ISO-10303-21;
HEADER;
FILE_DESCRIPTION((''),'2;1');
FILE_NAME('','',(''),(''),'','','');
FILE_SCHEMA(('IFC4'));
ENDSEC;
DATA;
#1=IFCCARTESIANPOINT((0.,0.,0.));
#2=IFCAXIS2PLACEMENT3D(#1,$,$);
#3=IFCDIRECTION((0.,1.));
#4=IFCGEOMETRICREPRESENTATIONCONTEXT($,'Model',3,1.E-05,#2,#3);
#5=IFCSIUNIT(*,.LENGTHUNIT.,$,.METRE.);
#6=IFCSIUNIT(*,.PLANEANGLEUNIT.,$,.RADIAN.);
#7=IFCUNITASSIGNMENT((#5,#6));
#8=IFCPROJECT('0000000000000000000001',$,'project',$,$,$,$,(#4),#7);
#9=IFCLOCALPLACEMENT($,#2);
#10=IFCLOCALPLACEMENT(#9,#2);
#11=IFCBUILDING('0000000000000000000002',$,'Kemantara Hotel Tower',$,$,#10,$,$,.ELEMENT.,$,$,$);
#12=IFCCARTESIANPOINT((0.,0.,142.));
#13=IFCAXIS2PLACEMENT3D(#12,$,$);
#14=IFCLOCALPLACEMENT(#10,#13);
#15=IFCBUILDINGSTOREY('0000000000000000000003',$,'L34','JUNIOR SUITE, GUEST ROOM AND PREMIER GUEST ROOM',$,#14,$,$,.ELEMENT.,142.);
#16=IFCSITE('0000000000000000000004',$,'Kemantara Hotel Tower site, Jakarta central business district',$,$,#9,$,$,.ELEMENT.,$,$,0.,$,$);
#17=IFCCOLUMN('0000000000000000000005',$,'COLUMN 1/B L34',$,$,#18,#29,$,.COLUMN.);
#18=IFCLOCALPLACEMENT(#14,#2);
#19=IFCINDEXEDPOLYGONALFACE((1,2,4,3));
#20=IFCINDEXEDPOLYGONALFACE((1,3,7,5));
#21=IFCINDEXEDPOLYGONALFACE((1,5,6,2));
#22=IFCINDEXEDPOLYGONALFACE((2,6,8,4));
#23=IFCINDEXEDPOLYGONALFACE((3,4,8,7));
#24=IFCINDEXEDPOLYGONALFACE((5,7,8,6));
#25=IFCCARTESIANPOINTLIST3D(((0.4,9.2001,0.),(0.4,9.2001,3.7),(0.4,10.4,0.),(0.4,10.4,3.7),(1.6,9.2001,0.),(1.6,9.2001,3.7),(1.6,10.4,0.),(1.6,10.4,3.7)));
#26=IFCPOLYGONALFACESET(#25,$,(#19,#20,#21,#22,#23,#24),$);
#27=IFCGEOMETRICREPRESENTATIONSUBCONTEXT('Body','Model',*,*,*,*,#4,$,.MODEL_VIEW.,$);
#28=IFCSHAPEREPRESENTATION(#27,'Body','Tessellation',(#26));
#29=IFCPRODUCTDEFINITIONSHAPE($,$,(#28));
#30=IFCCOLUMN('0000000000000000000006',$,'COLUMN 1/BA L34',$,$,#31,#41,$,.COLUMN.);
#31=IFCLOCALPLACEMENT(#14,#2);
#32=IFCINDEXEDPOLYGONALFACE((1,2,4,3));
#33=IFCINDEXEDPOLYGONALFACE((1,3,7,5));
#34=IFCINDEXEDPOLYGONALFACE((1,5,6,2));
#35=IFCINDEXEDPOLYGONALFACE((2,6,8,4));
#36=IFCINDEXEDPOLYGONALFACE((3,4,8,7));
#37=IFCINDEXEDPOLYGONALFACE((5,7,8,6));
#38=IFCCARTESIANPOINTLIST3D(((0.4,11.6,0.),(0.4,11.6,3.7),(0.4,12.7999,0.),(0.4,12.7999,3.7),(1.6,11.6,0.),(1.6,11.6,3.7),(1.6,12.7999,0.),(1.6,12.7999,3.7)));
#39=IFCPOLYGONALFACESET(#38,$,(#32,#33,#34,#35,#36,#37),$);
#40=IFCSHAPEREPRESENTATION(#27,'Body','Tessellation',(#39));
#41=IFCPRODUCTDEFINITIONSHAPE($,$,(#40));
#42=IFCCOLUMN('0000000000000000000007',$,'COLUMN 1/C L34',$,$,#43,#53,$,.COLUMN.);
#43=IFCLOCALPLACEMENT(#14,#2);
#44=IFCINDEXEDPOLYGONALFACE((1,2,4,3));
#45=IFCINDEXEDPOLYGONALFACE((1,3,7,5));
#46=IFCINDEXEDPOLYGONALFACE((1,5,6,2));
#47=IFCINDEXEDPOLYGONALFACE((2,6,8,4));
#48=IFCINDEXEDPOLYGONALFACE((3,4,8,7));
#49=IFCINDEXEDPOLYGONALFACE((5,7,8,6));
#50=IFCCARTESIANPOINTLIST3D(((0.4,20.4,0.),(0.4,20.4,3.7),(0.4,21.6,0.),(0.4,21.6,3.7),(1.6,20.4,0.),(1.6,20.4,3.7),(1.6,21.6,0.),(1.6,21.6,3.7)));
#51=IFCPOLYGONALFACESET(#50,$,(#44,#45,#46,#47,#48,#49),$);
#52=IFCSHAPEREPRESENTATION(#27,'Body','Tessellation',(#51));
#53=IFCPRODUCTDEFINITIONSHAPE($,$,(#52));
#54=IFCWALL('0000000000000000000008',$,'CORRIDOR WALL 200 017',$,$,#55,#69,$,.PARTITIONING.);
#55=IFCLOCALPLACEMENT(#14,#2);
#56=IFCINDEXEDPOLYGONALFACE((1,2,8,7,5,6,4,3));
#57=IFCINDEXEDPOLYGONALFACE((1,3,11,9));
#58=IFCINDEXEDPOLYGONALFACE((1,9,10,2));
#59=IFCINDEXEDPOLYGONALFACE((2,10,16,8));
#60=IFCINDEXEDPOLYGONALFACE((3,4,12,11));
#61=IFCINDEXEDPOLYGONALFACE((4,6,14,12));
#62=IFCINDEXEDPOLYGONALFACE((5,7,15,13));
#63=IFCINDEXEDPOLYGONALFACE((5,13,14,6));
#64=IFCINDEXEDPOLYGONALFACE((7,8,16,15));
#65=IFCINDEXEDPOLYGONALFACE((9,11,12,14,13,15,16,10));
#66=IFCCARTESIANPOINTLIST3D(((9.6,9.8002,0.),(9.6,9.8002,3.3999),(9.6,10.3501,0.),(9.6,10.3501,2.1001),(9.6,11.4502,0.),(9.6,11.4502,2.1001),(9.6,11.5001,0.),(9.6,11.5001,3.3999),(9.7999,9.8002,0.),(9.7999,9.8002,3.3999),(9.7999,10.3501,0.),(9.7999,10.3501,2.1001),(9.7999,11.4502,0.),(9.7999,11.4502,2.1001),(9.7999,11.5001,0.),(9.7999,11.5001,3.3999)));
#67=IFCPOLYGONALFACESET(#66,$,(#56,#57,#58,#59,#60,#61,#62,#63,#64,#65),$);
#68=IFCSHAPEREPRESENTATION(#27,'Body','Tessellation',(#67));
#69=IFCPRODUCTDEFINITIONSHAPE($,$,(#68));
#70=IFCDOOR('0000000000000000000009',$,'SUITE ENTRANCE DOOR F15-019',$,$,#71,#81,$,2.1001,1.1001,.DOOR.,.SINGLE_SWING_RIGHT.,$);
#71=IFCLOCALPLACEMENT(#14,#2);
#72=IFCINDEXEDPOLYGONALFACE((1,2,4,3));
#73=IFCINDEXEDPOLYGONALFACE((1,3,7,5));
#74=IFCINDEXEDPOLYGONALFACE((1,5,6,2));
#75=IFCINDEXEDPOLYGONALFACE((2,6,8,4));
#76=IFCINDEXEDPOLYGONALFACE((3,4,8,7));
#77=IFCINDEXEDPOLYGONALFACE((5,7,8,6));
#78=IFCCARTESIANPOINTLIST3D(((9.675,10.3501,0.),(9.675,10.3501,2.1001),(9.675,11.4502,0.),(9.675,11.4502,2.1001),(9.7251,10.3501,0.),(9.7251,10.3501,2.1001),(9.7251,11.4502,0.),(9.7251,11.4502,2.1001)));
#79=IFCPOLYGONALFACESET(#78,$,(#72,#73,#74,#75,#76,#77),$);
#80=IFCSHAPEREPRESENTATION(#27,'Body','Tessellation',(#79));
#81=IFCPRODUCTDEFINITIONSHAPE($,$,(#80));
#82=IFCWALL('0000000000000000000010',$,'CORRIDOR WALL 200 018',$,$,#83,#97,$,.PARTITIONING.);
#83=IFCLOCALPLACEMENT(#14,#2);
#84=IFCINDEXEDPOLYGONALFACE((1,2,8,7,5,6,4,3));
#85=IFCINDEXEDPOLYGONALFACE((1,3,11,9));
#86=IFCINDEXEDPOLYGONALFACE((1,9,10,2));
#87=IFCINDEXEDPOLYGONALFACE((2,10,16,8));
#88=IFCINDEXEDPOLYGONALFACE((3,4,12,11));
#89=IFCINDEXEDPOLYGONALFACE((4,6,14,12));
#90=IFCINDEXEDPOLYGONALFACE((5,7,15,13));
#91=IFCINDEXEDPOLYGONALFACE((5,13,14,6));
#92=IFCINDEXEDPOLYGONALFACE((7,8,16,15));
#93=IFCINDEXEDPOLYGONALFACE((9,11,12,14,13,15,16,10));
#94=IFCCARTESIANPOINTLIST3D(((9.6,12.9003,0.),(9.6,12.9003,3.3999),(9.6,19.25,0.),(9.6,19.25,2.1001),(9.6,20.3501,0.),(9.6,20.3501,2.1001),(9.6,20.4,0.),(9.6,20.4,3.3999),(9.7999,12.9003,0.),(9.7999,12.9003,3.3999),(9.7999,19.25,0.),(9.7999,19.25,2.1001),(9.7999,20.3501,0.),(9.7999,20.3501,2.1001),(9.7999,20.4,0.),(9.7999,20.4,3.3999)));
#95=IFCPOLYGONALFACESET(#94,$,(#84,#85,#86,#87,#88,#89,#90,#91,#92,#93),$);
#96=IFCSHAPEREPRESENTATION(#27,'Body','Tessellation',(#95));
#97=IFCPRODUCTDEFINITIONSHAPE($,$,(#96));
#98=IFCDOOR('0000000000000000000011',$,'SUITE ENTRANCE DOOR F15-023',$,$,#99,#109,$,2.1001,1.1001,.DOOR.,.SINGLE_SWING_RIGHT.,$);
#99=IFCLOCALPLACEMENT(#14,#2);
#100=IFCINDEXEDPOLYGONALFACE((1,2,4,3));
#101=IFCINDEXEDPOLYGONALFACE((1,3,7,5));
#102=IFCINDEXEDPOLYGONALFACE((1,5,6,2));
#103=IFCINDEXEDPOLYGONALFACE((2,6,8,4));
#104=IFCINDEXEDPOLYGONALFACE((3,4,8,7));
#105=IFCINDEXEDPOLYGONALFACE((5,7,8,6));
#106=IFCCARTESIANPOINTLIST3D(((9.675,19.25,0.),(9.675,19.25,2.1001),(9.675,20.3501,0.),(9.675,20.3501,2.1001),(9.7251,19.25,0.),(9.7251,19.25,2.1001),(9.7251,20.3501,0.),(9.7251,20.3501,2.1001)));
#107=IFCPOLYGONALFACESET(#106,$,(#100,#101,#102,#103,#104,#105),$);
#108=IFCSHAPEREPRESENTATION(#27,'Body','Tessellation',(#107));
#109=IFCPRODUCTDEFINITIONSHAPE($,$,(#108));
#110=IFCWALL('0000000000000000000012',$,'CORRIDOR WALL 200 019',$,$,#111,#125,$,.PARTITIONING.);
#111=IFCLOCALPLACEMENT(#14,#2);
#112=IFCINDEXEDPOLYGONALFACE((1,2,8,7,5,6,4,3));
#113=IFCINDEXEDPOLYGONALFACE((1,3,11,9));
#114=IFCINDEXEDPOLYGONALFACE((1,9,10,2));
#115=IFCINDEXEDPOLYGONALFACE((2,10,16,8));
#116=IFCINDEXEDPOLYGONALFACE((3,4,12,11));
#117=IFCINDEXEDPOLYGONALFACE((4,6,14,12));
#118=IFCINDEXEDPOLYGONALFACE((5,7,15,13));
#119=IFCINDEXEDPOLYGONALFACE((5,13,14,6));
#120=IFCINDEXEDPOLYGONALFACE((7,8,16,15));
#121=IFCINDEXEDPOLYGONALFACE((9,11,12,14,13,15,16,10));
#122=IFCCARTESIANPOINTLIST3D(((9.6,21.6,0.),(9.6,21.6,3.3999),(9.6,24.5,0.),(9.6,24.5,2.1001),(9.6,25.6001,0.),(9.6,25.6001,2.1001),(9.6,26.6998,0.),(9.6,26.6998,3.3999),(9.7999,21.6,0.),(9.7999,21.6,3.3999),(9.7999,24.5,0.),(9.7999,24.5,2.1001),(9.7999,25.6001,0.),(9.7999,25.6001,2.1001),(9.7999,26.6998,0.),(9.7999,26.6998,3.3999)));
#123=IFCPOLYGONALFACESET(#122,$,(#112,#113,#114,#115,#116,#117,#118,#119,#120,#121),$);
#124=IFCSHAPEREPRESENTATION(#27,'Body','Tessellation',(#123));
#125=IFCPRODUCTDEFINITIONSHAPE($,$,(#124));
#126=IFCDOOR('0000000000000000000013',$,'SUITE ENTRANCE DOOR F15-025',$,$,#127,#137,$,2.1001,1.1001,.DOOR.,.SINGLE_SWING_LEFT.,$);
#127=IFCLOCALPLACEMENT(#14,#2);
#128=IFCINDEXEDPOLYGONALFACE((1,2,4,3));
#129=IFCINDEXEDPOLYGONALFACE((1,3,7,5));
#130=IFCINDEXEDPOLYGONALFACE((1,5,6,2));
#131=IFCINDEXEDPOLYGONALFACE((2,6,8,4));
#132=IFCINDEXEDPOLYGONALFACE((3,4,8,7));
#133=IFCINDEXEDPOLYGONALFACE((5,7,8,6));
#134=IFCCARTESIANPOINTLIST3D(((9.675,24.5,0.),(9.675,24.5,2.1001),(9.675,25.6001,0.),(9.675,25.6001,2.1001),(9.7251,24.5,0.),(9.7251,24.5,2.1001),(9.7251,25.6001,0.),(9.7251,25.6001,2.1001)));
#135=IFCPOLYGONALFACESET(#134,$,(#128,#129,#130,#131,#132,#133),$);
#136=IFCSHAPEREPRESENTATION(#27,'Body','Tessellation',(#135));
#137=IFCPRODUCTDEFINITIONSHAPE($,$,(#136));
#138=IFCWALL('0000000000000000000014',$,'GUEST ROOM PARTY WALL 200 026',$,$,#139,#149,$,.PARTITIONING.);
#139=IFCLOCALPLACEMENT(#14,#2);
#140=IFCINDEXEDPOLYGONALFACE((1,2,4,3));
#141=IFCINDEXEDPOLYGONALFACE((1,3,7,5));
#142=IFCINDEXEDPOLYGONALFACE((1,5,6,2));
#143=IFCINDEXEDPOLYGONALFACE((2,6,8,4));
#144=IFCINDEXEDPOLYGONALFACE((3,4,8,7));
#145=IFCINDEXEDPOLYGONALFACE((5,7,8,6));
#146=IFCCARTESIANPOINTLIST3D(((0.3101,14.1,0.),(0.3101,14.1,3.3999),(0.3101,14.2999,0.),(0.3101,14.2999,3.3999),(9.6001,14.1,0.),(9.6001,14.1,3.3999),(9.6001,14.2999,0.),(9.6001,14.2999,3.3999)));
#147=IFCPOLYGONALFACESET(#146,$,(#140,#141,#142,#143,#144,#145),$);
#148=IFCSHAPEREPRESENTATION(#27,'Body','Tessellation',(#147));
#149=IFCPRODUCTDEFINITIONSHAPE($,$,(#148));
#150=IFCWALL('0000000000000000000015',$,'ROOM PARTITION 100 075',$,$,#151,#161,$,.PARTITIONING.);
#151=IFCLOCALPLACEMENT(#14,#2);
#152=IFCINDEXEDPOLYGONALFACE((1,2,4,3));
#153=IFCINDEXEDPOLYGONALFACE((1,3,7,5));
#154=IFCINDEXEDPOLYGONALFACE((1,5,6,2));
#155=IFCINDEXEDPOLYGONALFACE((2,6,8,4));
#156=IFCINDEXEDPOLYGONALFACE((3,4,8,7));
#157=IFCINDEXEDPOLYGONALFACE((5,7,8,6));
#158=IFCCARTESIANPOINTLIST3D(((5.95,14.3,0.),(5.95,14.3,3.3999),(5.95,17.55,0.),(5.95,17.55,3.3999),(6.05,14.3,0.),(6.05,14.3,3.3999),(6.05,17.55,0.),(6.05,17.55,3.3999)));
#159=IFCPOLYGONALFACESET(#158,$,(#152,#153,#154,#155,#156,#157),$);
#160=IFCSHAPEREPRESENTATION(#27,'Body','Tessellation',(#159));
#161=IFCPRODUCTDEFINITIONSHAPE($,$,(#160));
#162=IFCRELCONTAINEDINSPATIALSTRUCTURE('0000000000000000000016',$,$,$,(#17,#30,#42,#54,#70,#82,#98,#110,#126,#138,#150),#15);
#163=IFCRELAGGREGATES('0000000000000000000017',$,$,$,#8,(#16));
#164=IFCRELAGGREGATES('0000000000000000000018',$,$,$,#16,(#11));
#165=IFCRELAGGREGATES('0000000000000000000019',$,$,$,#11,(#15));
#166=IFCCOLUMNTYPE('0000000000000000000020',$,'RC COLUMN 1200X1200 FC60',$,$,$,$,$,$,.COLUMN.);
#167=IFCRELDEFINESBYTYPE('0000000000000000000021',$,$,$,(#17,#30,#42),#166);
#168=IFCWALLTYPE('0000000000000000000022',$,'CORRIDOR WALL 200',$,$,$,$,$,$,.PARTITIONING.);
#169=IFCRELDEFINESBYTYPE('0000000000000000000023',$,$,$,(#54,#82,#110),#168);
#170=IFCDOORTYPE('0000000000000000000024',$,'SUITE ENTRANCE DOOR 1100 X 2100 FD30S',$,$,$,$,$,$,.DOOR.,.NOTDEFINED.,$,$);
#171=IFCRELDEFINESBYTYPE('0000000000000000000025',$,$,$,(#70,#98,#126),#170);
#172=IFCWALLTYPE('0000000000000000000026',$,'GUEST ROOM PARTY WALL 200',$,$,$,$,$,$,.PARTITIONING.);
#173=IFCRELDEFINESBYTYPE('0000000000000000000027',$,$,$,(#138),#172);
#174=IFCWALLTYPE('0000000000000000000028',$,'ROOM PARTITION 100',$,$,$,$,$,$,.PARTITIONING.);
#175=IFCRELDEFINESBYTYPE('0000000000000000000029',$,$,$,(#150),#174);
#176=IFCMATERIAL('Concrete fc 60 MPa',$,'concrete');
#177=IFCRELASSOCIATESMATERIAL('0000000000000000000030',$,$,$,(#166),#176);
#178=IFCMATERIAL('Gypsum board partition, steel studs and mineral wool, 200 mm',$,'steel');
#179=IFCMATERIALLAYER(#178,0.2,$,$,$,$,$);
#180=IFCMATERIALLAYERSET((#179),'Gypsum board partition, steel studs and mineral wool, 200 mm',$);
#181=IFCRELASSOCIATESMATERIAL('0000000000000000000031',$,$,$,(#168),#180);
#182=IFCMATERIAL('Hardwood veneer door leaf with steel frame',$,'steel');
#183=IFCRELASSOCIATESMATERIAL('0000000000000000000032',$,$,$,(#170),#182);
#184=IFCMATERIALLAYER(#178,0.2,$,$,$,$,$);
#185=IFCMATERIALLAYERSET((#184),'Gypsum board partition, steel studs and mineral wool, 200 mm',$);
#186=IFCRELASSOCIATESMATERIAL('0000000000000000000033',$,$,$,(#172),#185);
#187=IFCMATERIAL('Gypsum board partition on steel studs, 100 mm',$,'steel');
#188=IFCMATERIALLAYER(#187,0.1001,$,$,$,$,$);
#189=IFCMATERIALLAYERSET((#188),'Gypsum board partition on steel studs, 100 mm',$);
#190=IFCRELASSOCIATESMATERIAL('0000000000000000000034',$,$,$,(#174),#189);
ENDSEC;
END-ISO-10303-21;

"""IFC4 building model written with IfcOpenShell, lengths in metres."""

from ifc_helpers import new_model, si_unit, direction, frame, frame_2d, origin, origin_2d, place, context, subcontext, project, spatial, rectangle, extrude, material, layer, layer_set, material_profile, profile_set, type_object, element, fill, save


model = new_model("IFC4")

# Units and contexts
model_context = context("Model", 3, precision=1e-05, world=origin(), true_north=direction((0.0, 1.0)))
body_context = subcontext(model_context, "Body", "Model", "MODEL_VIEW")
ifc_project = project(units=[si_unit("LENGTHUNIT", "METRE"), si_unit("PLANEANGLEUNIT", "RADIAN")], contexts=[model_context])

# Site, building, storey
site_placement = place(None, origin())
site = spatial("IfcSite", under=ifc_project, at=site_placement, Name="Kemantara Hotel Tower site, Jakarta central business district", CompositionType="ELEMENT", RefElevation=0.0)
building_placement = place(site_placement, origin())
building = spatial("IfcBuilding", under=site, at=building_placement, Name="Kemantara Hotel Tower", CompositionType="ELEMENT")
storey_placement = place(building_placement, frame((0.0, 0.0, 142.0)))
storey = spatial("IfcBuildingStorey", under=building, at=storey_placement, Name="L34", Description="JUNIOR SUITE, GUEST ROOM AND PREMIER GUEST ROOM", CompositionType="ELEMENT", Elevation=142.0)

# Columns
ifc_material_1 = material(Name="Concrete fc 60 MPa", Category="concrete")
ifc_material_profile = material_profile(ifc_material_1, rectangle(XDim=1.2, YDim=1.2, at=origin_2d()), Name="RC 1200X1200")
ifc_profile_set = profile_set([ifc_material_profile], Name="Concrete fc 60 MPa")
column_type = type_object("IfcColumnType", Name="RC COLUMN 1200X1200 FC60", PredefinedType="COLUMN", material=ifc_profile_set)
for number, where, z_axis, x_axis, name in (
    (1, (1.0, 9.8, 0.0), (0.0, 0.0, 1.0), (1.0, 0.0, 0.0), "COLUMN 1/B L34"),
    (2, (1.0, 12.2, 0.0), (0.0, 0.0, 1.0), (1.0, 0.0, 0.0), "COLUMN 1/BA L34"),
    (3, (1.0, 21.0, 0.0), (0.0, 0.0, 1.0), (1.0, 0.0, 0.0), "COLUMN 1/C L34"),
):
    element("IfcColumn", number, at=place(storey_placement, frame(where, z_axis=z_axis, x_axis=x_axis)), inside=storey, type_object=column_type, Name=name, PredefinedType="COLUMN", context=body_context, shape_type="SweptSolid", body=[
        extrude(rectangle(XDim=1.2, YDim=1.2, at=origin_2d()), origin(), (0.0, 0.0, 1.0), 3.7),
    ])

# Walls, openings, doors
ifc_material_2 = material(Name="Gypsum board partition, steel studs and mineral wool, 200 mm", Category="steel")
ifc_layer_1 = layer(ifc_material_2, 0.2)
ifc_layer_set_1 = layer_set([ifc_layer_1], Name="Gypsum board partition, steel studs and mineral wool, 200 mm")
wall_type_1 = type_object("IfcWallType", Name="CORRIDOR WALL 200", PredefinedType="PARTITIONING", material=ifc_layer_set_1)
wall_1_placement = place(storey_placement, frame((9.7, 9.8, 0.0), z_axis=(0.0, 0.0, 1.0), x_axis=(0.0, 1.0, 0.0)))
wall_1 = element("IfcWall", 4, at=wall_1_placement, inside=storey, type_object=wall_type_1, Name="CORRIDOR WALL 200 017", PredefinedType="PARTITIONING", context=body_context, shape_type="SweptSolid", body=[
    extrude(rectangle(XDim=1.7, YDim=0.2, at=frame_2d((0.8501, 0.0))), origin(), (0.0, 0.0, 1.0), 3.3999),
])
opening_1_placement = place(wall_1_placement, frame((0.55, 0.0, 0.0)))
opening_1 = element("IfcOpeningElement", 5, at=opening_1_placement, cuts=wall_1, PredefinedType="OPENING", context=body_context, shape_type="SweptSolid", body=[
    extrude(rectangle(XDim=1.1001, YDim=2.1001, at=frame_2d((0.55, 1.05))), frame((0.0, 0.1099, 0.0), z_axis=(0.0, -1.0, 0.0), x_axis=(1.0, 0.0, 0.0)), (0.0, 0.0, 1.0), 0.22),
])
ifc_material_3 = material(Name="Hardwood veneer door leaf with steel frame", Category="steel")
door_type_1 = type_object("IfcDoorType", Name="SUITE ENTRANCE DOOR 1100 X 2100 FD30S", OperationType="NOTDEFINED", PredefinedType="DOOR", material=ifc_material_3)
door_1_placement = place(opening_1_placement, origin())
door_1 = element("IfcDoor", 6, at=door_1_placement, inside=storey, type_object=door_type_1, Name="SUITE ENTRANCE DOOR F15-019", OperationType="SINGLE_SWING_RIGHT", OverallHeight=2.1001, OverallWidth=1.1001, PredefinedType="DOOR", context=body_context, shape_type="SweptSolid", body=[
    extrude(rectangle(XDim=1.1001, YDim=2.1001, at=frame_2d((0.55, 1.05))), frame((0.0, 0.0249, 0.0), z_axis=(0.0, -1.0, 0.0), x_axis=(1.0, 0.0, 0.0)), (0.0, 0.0, 1.0), 0.05),
])
fill(opening_1, door_1)
wall_2_placement = place(storey_placement, frame((9.7, 12.9001, 0.0), z_axis=(0.0, 0.0, 1.0), x_axis=(0.0, 1.0, 0.0)))
wall_2 = element("IfcWall", 7, at=wall_2_placement, inside=storey, type_object=wall_type_1, Name="CORRIDOR WALL 200 018", PredefinedType="PARTITIONING", context=body_context, shape_type="SweptSolid", body=[
    extrude(rectangle(XDim=7.4998, YDim=0.2, at=frame_2d((3.75, 0.0))), origin(), (0.0, 0.0, 1.0), 3.3999),
])
opening_2_placement = place(wall_2_placement, frame((6.3499, 0.0, 0.0)))
opening_2 = element("IfcOpeningElement", 8, at=opening_2_placement, cuts=wall_2, PredefinedType="OPENING", context=body_context, shape_type="SweptSolid", body=[
    extrude(rectangle(XDim=1.1001, YDim=2.1001, at=frame_2d((0.55, 1.05))), frame((0.0, 0.1099, 0.0), z_axis=(0.0, -1.0, 0.0), x_axis=(1.0, 0.0, 0.0)), (0.0, 0.0, 1.0), 0.22),
])
door_2_placement = place(opening_2_placement, origin())
door_2 = element("IfcDoor", 9, at=door_2_placement, inside=storey, type_object=door_type_1, Name="SUITE ENTRANCE DOOR F15-023", OperationType="SINGLE_SWING_RIGHT", OverallHeight=2.1001, OverallWidth=1.1001, PredefinedType="DOOR", context=body_context, shape_type="SweptSolid", body=[
    extrude(rectangle(XDim=1.1001, YDim=2.1001, at=frame_2d((0.55, 1.05))), frame((0.0, 0.0249, 0.0), z_axis=(0.0, -1.0, 0.0), x_axis=(1.0, 0.0, 0.0)), (0.0, 0.0, 1.0), 0.05),
])
fill(opening_2, door_2)
wall_3_placement = place(storey_placement, frame((9.7, 21.6001, 0.0), z_axis=(0.0, 0.0, 1.0), x_axis=(0.0, 1.0, 0.0)))
wall_3 = element("IfcWall", 10, at=wall_3_placement, inside=storey, type_object=wall_type_1, Name="CORRIDOR WALL 200 019", PredefinedType="PARTITIONING", context=body_context, shape_type="SweptSolid", body=[
    extrude(rectangle(XDim=5.0999, YDim=0.2, at=frame_2d((2.5498, 0.0))), origin(), (0.0, 0.0, 1.0), 3.3999),
])
opening_3_placement = place(wall_3_placement, frame((2.8999, 0.0, 0.0)))
opening_3 = element("IfcOpeningElement", 11, at=opening_3_placement, cuts=wall_3, PredefinedType="OPENING", context=body_context, shape_type="SweptSolid", body=[
    extrude(rectangle(XDim=1.1001, YDim=2.1001, at=frame_2d((0.55, 1.05))), frame((0.0, 0.1099, 0.0), z_axis=(0.0, -1.0, 0.0), x_axis=(1.0, 0.0, 0.0)), (0.0, 0.0, 1.0), 0.22),
])
door_3_placement = place(opening_3_placement, origin())
door_3 = element("IfcDoor", 12, at=door_3_placement, inside=storey, type_object=door_type_1, Name="SUITE ENTRANCE DOOR F15-025", OperationType="SINGLE_SWING_LEFT", OverallHeight=2.1001, OverallWidth=1.1001, PredefinedType="DOOR", context=body_context, shape_type="SweptSolid", body=[
    extrude(rectangle(XDim=1.1001, YDim=2.1001, at=frame_2d((0.55, 1.05))), frame((0.0, 0.0249, 0.0), z_axis=(0.0, -1.0, 0.0), x_axis=(1.0, 0.0, 0.0)), (0.0, 0.0, 1.0), 0.05),
])
fill(opening_3, door_3)

# Walls
ifc_layer_2 = layer(ifc_material_2, 0.2)
ifc_layer_set_2 = layer_set([ifc_layer_2], Name="Gypsum board partition, steel studs and mineral wool, 200 mm")
wall_type_2 = type_object("IfcWallType", Name="GUEST ROOM PARTY WALL 200", PredefinedType="PARTITIONING", material=ifc_layer_set_2)
wall_4_placement = place(storey_placement, frame((0.3101, 14.2, 0.0), z_axis=(0.0, 0.0, 1.0), x_axis=(1.0, 0.0, 0.0)))
element("IfcWall", 13, at=wall_4_placement, inside=storey, type_object=wall_type_2, Name="GUEST ROOM PARTY WALL 200 026", PredefinedType="PARTITIONING", context=body_context, shape_type="SweptSolid", body=[
    extrude(rectangle(XDim=9.29, YDim=0.2, at=frame_2d((4.645, 0.0))), origin(), (0.0, 0.0, 1.0), 3.3999),
])
ifc_material_4 = material(Name="Gypsum board partition on steel studs, 100 mm", Category="steel")
ifc_layer_3 = layer(ifc_material_4, 0.1001)
ifc_layer_set_3 = layer_set([ifc_layer_3], Name="Gypsum board partition on steel studs, 100 mm")
wall_type_3 = type_object("IfcWallType", Name="ROOM PARTITION 100", PredefinedType="PARTITIONING", material=ifc_layer_set_3)
wall_5_placement = place(storey_placement, frame((6.0, 14.3, 0.0), z_axis=(0.0, 0.0, 1.0), x_axis=(0.0, 1.0, 0.0)))
element("IfcWall", 14, at=wall_5_placement, inside=storey, type_object=wall_type_3, Name="ROOM PARTITION 100 075", PredefinedType="PARTITIONING", context=body_context, shape_type="SweptSolid", body=[
    extrude(rectangle(XDim=3.25, YDim=0.1001, at=frame_2d((1.625, 0.0))), origin(), (0.0, 0.0, 1.0), 3.3999),
])

save(model, "model.ifc")
